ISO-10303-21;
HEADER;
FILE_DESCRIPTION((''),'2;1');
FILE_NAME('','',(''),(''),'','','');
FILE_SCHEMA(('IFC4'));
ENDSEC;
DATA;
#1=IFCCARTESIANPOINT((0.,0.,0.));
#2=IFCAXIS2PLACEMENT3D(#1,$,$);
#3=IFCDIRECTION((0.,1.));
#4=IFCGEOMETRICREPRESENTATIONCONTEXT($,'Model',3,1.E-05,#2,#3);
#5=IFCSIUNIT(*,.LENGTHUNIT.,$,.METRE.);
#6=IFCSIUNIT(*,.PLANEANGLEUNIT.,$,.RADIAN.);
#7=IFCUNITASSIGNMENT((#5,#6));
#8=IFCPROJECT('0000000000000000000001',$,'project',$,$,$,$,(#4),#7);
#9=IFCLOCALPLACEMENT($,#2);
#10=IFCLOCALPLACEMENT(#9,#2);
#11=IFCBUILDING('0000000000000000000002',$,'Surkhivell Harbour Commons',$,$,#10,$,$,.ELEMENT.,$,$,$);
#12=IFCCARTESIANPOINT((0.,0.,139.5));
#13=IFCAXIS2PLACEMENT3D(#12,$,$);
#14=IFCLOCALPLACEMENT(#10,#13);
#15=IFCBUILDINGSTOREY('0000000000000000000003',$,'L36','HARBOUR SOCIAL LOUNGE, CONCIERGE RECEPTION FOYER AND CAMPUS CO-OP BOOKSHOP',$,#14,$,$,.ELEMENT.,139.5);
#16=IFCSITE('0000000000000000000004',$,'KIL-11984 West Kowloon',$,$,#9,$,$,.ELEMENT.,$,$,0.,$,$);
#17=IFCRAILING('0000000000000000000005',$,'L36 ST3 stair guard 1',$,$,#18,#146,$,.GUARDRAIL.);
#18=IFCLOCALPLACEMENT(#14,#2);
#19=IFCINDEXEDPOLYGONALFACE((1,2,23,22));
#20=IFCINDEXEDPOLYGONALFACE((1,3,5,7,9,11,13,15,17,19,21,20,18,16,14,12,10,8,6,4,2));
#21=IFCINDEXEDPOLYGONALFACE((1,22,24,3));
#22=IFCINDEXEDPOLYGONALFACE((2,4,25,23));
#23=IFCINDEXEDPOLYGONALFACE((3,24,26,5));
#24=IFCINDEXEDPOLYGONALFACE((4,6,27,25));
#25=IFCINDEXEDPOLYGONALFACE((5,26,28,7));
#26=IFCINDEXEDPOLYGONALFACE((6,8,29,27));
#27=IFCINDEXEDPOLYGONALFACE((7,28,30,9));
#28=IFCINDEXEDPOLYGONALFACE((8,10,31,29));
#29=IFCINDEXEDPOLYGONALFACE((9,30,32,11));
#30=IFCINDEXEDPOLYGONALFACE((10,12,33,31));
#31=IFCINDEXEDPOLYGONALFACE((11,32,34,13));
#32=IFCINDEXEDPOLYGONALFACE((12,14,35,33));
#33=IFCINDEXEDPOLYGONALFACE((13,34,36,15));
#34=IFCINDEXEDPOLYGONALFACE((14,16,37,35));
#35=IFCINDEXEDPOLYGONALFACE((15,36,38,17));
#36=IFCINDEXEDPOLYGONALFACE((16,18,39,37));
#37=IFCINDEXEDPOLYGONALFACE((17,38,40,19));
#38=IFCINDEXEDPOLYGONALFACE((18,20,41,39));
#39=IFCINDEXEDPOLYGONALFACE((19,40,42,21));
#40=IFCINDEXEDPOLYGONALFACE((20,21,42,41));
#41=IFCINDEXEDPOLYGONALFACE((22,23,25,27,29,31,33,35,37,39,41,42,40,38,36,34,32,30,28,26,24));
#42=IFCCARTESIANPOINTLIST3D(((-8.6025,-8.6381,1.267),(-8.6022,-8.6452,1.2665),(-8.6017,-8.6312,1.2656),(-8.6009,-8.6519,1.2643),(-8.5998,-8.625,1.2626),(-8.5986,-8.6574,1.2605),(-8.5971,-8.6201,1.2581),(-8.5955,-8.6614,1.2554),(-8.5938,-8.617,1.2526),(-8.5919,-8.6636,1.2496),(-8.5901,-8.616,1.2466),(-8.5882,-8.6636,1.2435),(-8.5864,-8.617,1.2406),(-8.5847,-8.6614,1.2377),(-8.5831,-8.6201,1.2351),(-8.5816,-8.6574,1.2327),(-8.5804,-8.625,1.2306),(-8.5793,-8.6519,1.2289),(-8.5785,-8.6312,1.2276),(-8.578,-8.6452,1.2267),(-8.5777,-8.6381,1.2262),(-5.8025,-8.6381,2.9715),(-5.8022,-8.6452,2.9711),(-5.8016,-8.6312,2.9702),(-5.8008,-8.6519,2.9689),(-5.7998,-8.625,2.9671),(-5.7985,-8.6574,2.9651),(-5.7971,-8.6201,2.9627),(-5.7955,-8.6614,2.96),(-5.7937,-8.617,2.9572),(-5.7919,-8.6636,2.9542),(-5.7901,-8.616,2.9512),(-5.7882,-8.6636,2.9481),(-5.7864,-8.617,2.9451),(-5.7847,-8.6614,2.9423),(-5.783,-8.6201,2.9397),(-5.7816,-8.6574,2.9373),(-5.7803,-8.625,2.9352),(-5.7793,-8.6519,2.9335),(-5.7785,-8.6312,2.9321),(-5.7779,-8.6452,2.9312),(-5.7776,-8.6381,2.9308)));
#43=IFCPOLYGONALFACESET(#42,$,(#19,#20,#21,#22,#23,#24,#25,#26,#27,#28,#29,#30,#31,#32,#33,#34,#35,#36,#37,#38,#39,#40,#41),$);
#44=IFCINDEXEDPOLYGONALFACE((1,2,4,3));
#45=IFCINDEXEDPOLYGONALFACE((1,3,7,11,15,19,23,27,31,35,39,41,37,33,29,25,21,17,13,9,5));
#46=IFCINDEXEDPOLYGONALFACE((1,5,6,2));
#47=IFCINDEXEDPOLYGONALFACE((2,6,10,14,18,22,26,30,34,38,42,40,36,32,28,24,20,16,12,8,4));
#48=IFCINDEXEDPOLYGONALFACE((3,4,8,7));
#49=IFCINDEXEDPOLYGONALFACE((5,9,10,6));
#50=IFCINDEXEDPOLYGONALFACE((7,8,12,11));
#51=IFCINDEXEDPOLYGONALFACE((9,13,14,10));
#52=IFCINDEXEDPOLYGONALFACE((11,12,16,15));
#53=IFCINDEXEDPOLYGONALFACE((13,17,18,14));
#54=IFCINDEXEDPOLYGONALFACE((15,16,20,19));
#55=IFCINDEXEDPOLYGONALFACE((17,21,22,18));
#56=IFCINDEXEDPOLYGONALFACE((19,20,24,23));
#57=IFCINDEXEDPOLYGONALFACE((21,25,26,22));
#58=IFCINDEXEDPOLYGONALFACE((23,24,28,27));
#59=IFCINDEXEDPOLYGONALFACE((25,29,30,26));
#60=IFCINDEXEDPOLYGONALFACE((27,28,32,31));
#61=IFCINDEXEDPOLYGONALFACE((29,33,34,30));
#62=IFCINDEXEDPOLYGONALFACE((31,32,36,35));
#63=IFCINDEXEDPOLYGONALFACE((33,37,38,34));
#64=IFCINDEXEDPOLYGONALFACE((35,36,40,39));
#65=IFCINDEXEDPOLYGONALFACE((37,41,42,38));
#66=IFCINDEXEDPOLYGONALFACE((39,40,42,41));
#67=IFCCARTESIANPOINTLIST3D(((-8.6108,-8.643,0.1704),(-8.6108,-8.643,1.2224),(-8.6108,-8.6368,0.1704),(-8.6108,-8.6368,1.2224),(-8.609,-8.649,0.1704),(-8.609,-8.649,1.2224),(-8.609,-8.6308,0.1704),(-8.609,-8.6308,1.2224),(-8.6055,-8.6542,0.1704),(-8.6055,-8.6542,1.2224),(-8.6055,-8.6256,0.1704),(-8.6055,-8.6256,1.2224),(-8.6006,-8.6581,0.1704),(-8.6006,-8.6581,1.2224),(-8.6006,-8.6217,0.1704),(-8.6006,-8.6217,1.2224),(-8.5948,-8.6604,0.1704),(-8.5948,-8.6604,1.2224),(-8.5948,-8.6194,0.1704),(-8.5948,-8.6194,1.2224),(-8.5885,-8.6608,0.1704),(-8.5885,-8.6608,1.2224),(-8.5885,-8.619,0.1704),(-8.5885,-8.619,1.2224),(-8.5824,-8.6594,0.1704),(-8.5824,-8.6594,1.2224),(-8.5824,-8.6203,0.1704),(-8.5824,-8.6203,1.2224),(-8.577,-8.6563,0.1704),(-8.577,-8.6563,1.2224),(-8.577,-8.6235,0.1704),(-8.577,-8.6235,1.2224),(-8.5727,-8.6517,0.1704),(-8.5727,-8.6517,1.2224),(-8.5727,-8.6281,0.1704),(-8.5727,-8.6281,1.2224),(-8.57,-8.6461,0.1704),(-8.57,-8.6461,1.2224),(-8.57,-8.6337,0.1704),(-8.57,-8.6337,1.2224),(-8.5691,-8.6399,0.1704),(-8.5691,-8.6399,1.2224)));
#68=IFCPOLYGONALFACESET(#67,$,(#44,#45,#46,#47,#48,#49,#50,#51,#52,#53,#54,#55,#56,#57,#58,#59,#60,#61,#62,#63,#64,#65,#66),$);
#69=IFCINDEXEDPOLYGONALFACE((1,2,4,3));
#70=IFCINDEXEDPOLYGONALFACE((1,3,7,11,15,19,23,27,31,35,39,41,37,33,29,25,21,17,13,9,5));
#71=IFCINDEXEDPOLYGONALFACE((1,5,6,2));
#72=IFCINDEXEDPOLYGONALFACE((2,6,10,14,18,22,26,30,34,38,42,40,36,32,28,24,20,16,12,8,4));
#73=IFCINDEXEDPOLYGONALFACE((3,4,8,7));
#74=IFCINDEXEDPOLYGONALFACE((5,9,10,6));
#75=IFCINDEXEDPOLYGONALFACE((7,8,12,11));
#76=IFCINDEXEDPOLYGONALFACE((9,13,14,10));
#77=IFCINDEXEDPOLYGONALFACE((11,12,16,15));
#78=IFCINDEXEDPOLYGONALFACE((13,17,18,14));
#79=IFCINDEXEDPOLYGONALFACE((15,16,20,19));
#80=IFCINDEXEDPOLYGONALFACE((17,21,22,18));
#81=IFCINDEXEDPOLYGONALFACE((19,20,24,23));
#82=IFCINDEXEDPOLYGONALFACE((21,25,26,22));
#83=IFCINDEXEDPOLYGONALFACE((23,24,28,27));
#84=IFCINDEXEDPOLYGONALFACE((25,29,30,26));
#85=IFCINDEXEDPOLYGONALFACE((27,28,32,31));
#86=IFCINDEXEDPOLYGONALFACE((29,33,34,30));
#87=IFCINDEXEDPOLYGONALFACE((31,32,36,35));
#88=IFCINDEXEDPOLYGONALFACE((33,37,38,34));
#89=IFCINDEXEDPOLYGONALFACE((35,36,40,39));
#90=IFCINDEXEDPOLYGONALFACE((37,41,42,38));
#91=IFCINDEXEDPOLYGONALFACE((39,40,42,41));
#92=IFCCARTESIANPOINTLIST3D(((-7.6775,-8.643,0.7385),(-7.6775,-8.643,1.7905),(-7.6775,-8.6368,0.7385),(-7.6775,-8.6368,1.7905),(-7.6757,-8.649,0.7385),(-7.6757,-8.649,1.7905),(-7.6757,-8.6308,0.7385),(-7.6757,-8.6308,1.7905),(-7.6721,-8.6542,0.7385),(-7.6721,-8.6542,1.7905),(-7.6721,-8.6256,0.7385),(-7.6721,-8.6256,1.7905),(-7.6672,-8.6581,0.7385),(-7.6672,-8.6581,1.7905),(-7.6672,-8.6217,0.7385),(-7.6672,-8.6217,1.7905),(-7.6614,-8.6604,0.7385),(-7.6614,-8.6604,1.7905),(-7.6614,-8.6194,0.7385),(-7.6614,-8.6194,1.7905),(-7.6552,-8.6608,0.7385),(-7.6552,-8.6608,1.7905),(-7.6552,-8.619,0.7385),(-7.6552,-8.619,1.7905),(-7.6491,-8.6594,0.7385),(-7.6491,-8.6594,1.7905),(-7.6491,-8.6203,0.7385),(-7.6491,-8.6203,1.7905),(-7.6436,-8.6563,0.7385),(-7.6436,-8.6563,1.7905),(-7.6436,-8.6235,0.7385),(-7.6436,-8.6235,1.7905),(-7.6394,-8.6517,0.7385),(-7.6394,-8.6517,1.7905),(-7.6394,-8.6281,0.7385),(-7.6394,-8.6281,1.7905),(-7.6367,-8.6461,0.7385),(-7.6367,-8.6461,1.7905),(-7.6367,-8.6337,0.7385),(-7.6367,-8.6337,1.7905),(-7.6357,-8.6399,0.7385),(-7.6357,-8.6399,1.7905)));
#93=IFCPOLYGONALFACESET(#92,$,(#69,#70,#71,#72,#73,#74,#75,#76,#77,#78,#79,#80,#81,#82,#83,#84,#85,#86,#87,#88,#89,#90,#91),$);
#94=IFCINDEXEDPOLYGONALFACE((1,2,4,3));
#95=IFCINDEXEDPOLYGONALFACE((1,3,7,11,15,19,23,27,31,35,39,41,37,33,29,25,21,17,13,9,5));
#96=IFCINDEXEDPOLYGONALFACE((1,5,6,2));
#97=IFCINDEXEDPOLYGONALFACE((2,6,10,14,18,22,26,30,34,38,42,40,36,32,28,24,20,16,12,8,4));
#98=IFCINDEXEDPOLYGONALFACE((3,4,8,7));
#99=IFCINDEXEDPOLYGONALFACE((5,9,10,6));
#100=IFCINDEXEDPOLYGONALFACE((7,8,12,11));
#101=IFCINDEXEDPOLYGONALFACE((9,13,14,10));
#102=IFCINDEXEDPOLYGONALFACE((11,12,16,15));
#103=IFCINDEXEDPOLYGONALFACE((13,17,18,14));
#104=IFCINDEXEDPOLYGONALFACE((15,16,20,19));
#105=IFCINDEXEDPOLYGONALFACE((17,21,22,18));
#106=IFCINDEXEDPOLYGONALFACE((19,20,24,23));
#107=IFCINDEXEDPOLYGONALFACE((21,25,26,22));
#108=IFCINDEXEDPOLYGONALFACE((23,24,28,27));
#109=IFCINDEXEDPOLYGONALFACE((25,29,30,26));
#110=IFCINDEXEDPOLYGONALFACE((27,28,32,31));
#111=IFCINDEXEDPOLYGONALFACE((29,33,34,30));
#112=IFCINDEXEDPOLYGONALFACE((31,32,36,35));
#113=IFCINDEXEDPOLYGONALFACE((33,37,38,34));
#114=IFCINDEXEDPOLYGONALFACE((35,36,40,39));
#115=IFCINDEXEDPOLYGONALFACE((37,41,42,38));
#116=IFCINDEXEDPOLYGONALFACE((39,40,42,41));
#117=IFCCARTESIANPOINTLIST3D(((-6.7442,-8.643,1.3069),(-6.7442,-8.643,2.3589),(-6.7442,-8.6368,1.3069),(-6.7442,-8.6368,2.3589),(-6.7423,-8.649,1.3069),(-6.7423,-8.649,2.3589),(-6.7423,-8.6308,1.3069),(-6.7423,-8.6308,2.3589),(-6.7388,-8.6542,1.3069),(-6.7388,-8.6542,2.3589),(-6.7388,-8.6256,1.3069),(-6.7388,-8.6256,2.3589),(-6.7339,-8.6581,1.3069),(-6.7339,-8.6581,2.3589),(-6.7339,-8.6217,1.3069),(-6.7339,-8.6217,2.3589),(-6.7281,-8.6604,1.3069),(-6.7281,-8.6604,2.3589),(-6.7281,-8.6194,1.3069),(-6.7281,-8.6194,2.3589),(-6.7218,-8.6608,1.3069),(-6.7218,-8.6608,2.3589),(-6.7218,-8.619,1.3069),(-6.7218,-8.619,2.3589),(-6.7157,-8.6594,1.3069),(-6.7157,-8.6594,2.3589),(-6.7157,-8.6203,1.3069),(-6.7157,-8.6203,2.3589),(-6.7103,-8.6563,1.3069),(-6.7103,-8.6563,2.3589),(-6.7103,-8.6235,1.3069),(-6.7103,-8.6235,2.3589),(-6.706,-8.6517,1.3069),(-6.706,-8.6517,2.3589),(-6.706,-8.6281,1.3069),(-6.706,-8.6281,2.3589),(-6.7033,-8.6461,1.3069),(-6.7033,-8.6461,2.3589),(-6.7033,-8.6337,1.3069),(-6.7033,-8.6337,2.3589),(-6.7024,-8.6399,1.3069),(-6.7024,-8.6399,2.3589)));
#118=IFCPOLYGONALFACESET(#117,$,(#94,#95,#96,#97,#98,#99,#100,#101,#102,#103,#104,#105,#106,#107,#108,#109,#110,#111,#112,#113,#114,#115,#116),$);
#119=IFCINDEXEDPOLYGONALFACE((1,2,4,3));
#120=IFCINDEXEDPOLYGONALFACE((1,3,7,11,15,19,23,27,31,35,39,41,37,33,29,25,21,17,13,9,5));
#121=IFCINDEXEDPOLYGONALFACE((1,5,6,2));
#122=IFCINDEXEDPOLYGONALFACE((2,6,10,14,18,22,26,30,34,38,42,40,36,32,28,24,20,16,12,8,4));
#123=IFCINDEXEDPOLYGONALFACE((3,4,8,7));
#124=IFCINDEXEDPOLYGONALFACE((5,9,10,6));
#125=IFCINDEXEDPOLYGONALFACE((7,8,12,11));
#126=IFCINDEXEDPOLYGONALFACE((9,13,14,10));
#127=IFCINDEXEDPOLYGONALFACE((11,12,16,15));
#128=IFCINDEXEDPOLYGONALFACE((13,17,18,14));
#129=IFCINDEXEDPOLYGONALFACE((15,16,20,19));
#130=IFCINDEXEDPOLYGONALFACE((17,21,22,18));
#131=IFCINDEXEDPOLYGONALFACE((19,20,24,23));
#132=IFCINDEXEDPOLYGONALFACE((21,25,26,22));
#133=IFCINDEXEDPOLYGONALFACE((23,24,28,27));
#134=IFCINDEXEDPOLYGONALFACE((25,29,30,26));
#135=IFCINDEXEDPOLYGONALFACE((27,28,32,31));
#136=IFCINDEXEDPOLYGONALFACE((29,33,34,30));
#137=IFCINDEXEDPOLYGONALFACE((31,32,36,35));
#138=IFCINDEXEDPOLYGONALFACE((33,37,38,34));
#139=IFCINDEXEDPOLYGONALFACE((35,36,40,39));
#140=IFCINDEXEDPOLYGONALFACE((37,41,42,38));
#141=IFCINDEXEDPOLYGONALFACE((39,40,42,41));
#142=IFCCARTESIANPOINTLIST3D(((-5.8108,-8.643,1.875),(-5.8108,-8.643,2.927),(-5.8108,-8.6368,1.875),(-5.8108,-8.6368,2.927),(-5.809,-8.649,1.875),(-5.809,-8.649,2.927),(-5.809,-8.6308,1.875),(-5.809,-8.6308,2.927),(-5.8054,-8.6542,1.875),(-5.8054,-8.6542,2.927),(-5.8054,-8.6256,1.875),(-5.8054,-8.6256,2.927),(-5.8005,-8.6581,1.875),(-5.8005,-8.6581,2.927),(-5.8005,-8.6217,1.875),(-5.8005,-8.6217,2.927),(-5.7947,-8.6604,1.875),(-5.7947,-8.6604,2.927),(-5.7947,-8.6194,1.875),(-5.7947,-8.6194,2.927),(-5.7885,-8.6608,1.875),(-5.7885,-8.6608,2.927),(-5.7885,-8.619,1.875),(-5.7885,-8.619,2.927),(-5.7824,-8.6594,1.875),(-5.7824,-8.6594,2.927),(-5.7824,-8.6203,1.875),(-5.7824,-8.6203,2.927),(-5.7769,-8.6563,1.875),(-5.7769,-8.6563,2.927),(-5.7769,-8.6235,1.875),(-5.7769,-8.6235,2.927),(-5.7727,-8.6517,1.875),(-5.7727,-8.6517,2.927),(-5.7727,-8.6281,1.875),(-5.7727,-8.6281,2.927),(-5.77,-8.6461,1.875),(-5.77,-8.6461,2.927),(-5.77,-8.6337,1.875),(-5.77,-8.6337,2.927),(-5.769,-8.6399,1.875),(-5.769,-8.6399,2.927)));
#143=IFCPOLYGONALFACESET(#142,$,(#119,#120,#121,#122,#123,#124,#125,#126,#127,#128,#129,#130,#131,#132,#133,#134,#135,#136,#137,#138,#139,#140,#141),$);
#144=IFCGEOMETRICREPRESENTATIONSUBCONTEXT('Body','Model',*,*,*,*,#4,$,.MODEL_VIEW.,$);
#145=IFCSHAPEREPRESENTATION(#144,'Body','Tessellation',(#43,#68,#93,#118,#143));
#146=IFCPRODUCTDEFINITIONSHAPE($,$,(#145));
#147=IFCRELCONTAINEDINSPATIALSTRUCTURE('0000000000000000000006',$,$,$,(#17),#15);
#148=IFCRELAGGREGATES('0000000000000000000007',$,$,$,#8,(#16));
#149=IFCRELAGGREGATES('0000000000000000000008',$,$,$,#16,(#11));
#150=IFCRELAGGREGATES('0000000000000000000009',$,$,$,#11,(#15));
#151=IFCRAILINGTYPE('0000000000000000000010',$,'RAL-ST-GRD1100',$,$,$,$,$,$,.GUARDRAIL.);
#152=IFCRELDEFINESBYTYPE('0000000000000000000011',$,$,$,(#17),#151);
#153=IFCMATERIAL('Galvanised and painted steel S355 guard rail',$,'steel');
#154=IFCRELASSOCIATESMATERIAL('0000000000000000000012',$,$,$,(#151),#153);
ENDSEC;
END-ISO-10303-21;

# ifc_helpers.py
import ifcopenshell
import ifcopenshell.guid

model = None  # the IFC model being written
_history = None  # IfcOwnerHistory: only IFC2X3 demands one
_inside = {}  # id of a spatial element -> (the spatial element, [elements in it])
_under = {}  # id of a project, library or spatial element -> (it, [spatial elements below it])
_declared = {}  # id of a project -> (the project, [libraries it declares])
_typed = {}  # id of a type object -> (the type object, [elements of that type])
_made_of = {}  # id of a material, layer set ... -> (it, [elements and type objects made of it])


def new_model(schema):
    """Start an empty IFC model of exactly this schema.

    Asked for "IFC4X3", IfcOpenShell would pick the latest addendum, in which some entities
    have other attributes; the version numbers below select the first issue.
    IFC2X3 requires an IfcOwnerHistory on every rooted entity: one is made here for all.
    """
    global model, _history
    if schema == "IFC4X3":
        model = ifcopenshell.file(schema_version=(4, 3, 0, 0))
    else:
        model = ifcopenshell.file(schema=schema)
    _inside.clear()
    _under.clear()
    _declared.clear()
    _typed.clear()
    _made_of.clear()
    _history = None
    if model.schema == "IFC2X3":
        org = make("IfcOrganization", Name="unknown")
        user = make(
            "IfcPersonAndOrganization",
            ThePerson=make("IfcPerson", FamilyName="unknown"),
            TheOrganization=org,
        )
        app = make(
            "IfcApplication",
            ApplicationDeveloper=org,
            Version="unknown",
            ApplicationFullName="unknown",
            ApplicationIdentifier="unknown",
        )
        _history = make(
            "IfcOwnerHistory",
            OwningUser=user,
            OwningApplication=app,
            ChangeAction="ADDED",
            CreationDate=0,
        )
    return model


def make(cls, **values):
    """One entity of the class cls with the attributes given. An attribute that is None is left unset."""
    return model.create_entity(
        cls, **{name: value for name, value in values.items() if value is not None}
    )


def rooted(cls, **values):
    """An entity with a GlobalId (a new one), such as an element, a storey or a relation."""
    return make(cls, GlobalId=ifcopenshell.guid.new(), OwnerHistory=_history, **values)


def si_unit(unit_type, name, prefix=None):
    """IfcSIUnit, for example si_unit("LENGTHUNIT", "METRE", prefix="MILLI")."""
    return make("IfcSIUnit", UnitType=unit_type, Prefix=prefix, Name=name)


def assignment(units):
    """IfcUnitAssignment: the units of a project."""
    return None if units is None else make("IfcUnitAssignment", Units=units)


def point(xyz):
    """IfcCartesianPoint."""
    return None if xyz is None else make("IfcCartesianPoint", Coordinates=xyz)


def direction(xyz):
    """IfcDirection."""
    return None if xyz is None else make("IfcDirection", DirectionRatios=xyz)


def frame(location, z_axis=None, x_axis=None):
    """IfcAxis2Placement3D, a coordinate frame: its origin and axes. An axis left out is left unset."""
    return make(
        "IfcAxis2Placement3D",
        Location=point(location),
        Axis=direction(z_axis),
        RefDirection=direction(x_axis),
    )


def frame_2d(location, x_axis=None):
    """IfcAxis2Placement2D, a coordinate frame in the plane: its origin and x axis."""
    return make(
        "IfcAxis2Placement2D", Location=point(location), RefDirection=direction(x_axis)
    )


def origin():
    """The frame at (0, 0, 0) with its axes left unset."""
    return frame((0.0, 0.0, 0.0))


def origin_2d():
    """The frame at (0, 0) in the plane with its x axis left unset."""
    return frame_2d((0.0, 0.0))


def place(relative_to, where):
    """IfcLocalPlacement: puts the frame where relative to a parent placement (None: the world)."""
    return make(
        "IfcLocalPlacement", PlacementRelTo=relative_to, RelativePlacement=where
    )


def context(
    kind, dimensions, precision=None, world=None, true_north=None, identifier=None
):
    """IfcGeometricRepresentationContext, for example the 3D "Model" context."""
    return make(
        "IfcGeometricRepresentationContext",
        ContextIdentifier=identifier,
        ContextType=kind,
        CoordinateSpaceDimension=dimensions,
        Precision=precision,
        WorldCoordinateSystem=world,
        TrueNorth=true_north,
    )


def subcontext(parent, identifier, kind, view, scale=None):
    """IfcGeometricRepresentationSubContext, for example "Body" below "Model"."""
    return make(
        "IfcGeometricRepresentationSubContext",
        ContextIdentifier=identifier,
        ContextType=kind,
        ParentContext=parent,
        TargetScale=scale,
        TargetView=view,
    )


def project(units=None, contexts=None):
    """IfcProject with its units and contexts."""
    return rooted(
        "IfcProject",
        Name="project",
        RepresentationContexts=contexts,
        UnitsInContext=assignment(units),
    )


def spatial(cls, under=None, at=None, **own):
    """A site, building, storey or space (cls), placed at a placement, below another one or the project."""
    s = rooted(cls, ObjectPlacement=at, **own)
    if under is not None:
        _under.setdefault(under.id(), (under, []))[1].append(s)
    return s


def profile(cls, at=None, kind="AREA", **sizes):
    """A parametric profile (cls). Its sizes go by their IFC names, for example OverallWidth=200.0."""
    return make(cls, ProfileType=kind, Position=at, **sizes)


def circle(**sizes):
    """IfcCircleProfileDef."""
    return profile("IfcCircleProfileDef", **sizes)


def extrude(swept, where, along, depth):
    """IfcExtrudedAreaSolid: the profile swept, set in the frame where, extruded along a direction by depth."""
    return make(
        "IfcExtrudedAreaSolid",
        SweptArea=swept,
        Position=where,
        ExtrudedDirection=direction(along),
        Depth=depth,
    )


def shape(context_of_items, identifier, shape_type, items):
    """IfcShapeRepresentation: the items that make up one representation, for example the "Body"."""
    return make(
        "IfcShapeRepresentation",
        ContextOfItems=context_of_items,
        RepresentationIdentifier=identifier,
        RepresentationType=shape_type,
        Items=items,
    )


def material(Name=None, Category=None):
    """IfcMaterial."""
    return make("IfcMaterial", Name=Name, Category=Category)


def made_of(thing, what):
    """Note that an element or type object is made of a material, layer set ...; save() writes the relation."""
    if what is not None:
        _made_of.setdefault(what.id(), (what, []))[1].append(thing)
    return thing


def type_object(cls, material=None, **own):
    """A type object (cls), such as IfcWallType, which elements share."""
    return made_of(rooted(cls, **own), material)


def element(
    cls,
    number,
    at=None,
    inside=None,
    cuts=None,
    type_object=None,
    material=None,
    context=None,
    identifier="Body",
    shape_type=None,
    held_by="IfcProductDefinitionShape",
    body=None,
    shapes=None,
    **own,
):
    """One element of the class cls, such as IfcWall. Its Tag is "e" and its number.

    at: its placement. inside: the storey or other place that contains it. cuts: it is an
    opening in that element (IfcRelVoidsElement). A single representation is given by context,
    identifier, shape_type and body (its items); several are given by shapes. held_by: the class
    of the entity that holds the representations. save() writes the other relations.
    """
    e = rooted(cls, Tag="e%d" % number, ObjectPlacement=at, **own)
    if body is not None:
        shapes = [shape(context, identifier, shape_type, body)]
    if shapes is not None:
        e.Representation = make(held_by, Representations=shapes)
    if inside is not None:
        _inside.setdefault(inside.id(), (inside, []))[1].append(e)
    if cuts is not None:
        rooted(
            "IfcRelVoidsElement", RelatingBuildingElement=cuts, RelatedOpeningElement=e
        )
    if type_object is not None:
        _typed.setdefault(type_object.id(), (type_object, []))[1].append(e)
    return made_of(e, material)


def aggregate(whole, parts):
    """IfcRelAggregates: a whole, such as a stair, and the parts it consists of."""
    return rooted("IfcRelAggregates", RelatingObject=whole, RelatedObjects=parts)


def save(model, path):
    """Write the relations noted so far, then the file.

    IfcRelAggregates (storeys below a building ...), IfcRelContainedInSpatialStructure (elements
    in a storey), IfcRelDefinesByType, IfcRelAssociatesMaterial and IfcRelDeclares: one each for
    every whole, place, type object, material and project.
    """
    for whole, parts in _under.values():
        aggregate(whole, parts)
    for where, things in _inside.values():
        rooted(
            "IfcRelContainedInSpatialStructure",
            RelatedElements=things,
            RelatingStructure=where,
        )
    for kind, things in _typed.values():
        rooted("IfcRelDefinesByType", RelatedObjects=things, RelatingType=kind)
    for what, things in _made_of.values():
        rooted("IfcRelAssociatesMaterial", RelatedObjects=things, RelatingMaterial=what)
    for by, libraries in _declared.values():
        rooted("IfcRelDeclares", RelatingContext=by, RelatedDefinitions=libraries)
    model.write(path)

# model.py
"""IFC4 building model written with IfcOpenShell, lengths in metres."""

from ifc_helpers import new_model, si_unit, direction, frame, origin, origin_2d, place, context, subcontext, project, spatial, circle, extrude, material, type_object, element, save


model = new_model("IFC4")

# Units and contexts
model_context = context("Model", 3, precision=1e-05, world=origin(), true_north=direction((0.0, 1.0)))
body_context = subcontext(model_context, "Body", "Model", "MODEL_VIEW")
ifc_project = project(units=[si_unit("LENGTHUNIT", "METRE"), si_unit("PLANEANGLEUNIT", "RADIAN")], contexts=[model_context])

# Site, building, storey
site_placement = place(None, origin())
site = spatial("IfcSite", under=ifc_project, at=site_placement, Name="KIL-11984 West Kowloon", CompositionType="ELEMENT", RefElevation=0.0)
building_placement = place(site_placement, origin())
building = spatial("IfcBuilding", under=site, at=building_placement, Name="Surkhivell Harbour Commons", CompositionType="ELEMENT")
storey_placement = place(building_placement, frame((0.0, 0.0, 139.5)))
storey = spatial("IfcBuildingStorey", under=building, at=storey_placement, Name="L36", Description="HARBOUR SOCIAL LOUNGE, CONCIERGE RECEPTION FOYER AND CAMPUS CO-OP BOOKSHOP", CompositionType="ELEMENT", Elevation=139.5)

# Railing
ifc_material_1 = material(Name="Galvanised and painted steel S355 guard rail", Category="steel")
railing_type_1 = type_object("IfcRailingType", Name="RAL-ST-GRD1100", PredefinedType="GUARDRAIL", material=ifc_material_1)
railing_1_placement = place(storey_placement, frame((-8.5901, -8.6399, 0.1704)))
element("IfcRailing", 1, at=railing_1_placement, inside=storey, type_object=railing_type_1, Name="L36 ST3 stair guard 1", PredefinedType="GUARDRAIL", context=body_context, shape_type="SweptSolid", body=[
    extrude(circle(Radius=0.0239, at=origin_2d()), frame((0.0, 0.0, 1.0762), z_axis=(0.85417, 0.0, 0.519994), x_axis=(0.0, 1.0, 0.0)), (0.0, 0.0, 1.0), 3.2781),
    extrude(circle(Radius=0.021, at=origin_2d()), origin(), (0.0, 0.0, 1.0), 1.052),
    extrude(circle(Radius=0.021, at=origin_2d()), frame((0.9333, 0.0, 0.5681)), (0.0, 0.0, 1.0), 1.052),
    extrude(circle(Radius=0.021, at=origin_2d()), frame((1.8667, 0.0, 1.1365)), (0.0, 0.0, 1.0), 1.052),
    extrude(circle(Radius=0.021, at=origin_2d()), frame((2.8, 0.0, 1.7046)), (0.0, 0.0, 1.0), 1.052),
])

save(model, "model.ifc")
